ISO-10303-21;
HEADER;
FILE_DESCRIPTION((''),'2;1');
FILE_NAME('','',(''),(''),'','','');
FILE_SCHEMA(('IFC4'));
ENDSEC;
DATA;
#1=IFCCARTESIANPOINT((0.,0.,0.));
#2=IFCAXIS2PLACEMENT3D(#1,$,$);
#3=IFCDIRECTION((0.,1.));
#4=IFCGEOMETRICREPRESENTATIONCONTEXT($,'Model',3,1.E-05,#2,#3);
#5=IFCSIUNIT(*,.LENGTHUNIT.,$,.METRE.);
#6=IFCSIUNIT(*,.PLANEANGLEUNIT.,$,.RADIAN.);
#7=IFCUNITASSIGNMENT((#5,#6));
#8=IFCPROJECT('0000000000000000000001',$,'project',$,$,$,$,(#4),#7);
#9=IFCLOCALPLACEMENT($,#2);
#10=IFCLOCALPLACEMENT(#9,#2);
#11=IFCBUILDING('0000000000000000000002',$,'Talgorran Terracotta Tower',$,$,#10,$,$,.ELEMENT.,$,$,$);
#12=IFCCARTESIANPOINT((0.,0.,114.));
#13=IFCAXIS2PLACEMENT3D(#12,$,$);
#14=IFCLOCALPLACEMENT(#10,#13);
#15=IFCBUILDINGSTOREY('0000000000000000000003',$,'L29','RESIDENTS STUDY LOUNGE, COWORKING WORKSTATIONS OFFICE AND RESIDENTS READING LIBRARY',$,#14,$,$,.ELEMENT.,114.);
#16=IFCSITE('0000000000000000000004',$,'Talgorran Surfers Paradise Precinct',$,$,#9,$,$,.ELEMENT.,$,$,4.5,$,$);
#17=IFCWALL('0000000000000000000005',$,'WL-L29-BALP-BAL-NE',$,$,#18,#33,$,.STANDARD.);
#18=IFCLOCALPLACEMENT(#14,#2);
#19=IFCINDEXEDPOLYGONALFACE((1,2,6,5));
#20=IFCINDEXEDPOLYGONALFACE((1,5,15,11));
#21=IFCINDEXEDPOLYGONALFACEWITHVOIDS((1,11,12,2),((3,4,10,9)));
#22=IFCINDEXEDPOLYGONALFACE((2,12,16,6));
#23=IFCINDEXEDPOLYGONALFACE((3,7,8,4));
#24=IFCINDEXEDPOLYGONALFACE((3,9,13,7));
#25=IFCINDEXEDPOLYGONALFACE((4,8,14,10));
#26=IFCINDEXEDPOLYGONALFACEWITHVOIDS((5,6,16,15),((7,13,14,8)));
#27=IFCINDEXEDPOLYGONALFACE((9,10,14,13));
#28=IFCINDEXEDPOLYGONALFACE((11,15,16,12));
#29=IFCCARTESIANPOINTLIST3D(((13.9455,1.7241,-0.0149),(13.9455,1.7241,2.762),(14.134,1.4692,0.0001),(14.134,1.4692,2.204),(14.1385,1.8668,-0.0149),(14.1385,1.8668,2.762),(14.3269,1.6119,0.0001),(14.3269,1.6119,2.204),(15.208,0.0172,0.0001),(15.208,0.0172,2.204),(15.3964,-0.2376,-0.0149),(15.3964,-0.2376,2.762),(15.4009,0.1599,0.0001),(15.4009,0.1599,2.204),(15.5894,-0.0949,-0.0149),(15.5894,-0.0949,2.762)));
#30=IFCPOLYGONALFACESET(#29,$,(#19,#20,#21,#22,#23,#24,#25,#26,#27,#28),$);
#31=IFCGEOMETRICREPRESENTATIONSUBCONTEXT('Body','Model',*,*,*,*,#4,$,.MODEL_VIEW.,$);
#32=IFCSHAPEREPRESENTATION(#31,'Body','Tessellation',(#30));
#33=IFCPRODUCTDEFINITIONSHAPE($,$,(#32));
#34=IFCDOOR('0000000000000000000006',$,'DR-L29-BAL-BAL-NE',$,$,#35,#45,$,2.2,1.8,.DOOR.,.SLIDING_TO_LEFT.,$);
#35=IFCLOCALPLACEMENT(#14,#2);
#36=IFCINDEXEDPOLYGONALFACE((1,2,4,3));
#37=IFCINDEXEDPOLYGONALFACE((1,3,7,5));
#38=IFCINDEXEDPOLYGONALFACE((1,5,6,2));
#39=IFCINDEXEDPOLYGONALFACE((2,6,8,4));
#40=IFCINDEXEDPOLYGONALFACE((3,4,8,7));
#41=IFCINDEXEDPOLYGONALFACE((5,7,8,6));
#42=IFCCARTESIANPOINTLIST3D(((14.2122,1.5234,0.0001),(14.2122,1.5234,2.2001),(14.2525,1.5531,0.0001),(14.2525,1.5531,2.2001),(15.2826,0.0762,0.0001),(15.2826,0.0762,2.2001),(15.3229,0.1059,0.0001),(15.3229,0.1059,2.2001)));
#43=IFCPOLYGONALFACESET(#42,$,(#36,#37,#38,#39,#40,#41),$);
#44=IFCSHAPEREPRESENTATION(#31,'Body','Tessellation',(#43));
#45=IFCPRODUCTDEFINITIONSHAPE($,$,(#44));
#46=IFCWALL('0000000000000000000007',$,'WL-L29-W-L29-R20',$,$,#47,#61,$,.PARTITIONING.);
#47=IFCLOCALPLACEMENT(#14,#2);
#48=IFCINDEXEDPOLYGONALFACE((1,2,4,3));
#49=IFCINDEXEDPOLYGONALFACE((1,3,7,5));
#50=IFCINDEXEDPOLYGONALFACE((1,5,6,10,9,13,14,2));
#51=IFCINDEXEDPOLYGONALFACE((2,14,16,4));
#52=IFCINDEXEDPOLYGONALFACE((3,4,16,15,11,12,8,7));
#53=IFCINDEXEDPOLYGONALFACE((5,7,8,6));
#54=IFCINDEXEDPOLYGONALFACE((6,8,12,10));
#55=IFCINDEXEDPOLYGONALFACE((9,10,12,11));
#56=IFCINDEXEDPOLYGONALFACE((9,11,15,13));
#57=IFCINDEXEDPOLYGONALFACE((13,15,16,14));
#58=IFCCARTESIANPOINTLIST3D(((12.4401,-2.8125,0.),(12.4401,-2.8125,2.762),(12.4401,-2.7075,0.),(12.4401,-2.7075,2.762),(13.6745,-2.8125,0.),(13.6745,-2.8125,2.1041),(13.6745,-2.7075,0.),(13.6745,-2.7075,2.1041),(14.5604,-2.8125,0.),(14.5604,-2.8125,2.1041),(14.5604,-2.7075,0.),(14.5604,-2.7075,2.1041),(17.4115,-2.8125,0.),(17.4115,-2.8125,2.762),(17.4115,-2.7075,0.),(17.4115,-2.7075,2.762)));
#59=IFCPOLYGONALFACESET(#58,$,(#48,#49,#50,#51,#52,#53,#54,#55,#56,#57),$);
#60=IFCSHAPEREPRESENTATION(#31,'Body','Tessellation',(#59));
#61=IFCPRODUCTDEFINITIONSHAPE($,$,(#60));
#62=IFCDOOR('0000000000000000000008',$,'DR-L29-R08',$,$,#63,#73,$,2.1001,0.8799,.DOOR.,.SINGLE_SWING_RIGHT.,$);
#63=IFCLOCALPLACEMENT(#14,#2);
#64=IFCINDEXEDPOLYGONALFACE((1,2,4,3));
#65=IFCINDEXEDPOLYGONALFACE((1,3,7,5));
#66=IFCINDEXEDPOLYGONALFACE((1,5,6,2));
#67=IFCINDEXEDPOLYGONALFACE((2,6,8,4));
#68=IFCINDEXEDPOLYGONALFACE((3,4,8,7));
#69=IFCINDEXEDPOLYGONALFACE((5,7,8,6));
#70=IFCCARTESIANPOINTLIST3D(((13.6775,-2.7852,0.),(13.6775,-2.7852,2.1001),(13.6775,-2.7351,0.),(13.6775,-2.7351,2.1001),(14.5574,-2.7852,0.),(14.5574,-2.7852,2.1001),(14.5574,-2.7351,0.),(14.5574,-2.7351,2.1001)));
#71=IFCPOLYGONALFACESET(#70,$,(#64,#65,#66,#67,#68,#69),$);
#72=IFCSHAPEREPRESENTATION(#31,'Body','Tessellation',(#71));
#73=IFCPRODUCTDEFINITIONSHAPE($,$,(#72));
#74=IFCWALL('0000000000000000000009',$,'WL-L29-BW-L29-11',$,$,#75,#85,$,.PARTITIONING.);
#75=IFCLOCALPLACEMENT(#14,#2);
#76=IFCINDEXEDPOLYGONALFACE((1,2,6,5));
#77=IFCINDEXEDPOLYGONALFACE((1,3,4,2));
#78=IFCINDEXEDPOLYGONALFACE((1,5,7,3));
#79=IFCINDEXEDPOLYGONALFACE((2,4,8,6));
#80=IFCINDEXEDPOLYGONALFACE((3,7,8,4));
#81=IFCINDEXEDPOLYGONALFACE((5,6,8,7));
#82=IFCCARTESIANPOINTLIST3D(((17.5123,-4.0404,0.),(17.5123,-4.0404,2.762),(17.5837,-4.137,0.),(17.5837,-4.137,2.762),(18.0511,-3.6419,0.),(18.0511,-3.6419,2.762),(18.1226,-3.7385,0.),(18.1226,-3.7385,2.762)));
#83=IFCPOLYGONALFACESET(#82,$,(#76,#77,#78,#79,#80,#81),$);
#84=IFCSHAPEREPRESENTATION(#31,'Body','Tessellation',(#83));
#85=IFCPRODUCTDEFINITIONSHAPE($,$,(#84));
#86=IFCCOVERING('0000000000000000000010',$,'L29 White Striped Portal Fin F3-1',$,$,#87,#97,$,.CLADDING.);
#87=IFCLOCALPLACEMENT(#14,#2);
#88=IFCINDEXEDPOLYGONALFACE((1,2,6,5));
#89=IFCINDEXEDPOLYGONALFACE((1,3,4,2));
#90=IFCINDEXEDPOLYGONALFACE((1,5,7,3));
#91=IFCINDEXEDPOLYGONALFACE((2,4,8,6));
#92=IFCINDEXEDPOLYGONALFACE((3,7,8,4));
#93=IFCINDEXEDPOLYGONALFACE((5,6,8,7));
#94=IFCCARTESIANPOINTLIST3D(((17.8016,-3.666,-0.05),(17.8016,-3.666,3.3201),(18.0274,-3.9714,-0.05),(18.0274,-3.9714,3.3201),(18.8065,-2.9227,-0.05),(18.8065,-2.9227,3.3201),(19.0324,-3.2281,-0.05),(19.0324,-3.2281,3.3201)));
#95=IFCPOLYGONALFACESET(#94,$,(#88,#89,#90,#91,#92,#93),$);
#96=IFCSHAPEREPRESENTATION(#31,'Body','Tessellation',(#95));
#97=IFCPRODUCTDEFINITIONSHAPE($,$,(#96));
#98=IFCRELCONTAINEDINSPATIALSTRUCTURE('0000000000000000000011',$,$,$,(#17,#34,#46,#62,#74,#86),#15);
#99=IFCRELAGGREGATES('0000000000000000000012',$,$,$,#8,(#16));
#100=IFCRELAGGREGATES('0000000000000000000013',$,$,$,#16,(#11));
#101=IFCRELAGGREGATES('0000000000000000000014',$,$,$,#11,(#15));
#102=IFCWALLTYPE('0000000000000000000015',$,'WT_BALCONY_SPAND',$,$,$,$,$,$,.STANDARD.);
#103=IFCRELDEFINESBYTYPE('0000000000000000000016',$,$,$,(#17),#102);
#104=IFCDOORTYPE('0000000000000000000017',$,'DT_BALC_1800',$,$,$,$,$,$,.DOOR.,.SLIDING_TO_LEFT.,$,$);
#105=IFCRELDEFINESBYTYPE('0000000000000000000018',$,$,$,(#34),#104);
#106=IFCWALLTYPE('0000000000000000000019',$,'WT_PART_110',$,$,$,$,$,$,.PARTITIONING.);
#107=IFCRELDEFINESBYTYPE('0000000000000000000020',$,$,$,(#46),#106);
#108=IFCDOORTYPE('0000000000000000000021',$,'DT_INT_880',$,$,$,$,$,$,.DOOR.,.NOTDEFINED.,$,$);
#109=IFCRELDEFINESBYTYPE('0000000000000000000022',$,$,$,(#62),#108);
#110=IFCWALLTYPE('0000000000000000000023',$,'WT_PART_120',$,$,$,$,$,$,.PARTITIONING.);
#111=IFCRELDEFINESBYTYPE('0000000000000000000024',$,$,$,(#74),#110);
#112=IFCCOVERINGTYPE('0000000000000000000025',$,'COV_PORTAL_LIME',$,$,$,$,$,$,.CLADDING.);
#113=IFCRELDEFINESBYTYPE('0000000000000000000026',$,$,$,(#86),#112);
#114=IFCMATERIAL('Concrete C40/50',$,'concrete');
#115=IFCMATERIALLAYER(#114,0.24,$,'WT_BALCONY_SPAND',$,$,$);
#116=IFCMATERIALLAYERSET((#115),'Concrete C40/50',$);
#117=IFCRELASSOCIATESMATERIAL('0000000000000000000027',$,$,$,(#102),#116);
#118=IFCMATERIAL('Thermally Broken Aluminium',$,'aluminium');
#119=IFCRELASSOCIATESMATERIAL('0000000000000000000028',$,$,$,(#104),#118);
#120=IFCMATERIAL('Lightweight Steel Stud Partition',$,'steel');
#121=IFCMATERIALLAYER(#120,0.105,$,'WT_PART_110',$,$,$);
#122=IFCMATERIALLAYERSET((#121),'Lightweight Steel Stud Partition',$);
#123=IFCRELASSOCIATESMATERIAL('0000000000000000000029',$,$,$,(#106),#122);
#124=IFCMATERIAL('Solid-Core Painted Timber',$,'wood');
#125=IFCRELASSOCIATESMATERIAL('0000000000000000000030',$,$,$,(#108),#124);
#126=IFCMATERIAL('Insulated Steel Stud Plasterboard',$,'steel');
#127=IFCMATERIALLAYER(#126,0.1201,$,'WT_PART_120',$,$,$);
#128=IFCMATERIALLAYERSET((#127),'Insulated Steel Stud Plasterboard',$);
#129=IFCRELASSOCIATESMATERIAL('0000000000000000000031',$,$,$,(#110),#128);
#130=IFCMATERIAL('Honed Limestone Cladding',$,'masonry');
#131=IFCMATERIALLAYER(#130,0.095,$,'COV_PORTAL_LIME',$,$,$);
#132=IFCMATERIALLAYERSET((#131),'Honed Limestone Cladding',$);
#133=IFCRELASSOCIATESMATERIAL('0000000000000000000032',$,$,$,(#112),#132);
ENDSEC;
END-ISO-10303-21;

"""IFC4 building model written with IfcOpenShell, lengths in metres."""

from ifc_helpers import new_model, si_unit, direction, frame, frame_2d, origin, origin_2d, place, context, subcontext, project, spatial, rectangle, extrude, material, layer, layer_set, type_object, element, fill, save


model = new_model("IFC4")

# Units and contexts
model_context = context("Model", 3, precision=1e-05, world=origin(), true_north=direction((0.0, 1.0)))
body_context = subcontext(model_context, "Body", "Model", "MODEL_VIEW")
ifc_project = project(units=[si_unit("LENGTHUNIT", "METRE"), si_unit("PLANEANGLEUNIT", "RADIAN")], contexts=[model_context])

# Site, building, storey
site_placement = place(None, origin())
site = spatial("IfcSite", under=ifc_project, at=site_placement, Name="Talgorran Surfers Paradise Precinct", CompositionType="ELEMENT", RefElevation=4.5)
building_placement = place(site_placement, origin())
building = spatial("IfcBuilding", under=site, at=building_placement, Name="Talgorran Terracotta Tower", CompositionType="ELEMENT")
storey_placement = place(building_placement, frame((0.0, 0.0, 114.0)))
storey = spatial("IfcBuildingStorey", under=building, at=storey_placement, Name="L29", Description="RESIDENTS STUDY LOUNGE, COWORKING WORKSTATIONS OFFICE AND RESIDENTS READING LIBRARY", CompositionType="ELEMENT", Elevation=114.0)

# Walls, openings, doors
ifc_material_1 = material(Name="Concrete C40/50", Category="concrete")
ifc_layer_1 = layer(ifc_material_1, 0.24, Name="WT_BALCONY_SPAND")
ifc_layer_set_1 = layer_set([ifc_layer_1], Name="Concrete C40/50")
wall_type_1 = type_object("IfcWallType", Name="WT_BALCONY_SPAND", PredefinedType="STANDARD", material=ifc_layer_set_1)
wall_1_placement = place(storey_placement, frame((15.4929, -0.1663, -0.0149), z_axis=(0.0, 0.0, 1.0), x_axis=(-0.594655, 0.803981, 0.0)))
wall_1 = element("IfcWall", 1, at=wall_1_placement, inside=storey, type_object=wall_type_1, Name="WL-L29-BALP-BAL-NE", PredefinedType="STANDARD", context=body_context, shape_type="SweptSolid", body=[
    extrude(rectangle(XDim=2.4399, YDim=0.24, at=frame_2d((1.22, 0.0))), origin(), (0.0, 0.0, 1.0), 2.7769),
])
opening_1_placement = place(wall_1_placement, frame((0.3201, 0.0, 0.0149)))
opening_1 = element("IfcOpeningElement", 2, at=opening_1_placement, cuts=wall_1, PredefinedType="OPENING", context=body_context, shape_type="SweptSolid", body=[
    extrude(rectangle(XDim=1.806, YDim=2.204, at=frame_2d((0.8999, 1.1021))), frame((0.0, 0.1299, 0.0), z_axis=(0.0, -1.0, 0.0), x_axis=(1.0, 0.0, 0.0)), (0.0, 0.0, 1.0), 0.26),
])
ifc_material_2 = material(Name="Thermally Broken Aluminium", Category="aluminium")
door_type_1 = type_object("IfcDoorType", Name="DT_BALC_1800", OperationType="SLIDING_TO_LEFT", PredefinedType="DOOR", material=ifc_material_2)
door_1_placement = place(opening_1_placement, origin())
door_1 = element("IfcDoor", 3, at=door_1_placement, inside=storey, type_object=door_type_1, Name="DR-L29-BAL-BAL-NE", OperationType="SLIDING_TO_LEFT", OverallHeight=2.2, OverallWidth=1.8, PredefinedType="DOOR", context=body_context, shape_type="SweptSolid", body=[
    extrude(rectangle(XDim=1.8, YDim=2.2, at=frame_2d((0.8999, 1.1001))), frame((0.0, 0.0249, 0.0), z_axis=(0.0, -1.0, 0.0), x_axis=(1.0, 0.0, 0.0)), (0.0, 0.0, 1.0), 0.05),
])
fill(opening_1, door_1)
ifc_material_3 = material(Name="Lightweight Steel Stud Partition", Category="steel")
ifc_layer_2 = layer(ifc_material_3, 0.105, Name="WT_PART_110")
ifc_layer_set_2 = layer_set([ifc_layer_2], Name="Lightweight Steel Stud Partition")
wall_type_2 = type_object("IfcWallType", Name="WT_PART_110", PredefinedType="PARTITIONING", material=ifc_layer_set_2)
wall_2_placement = place(storey_placement, frame((12.4399, -2.76, 0.0), z_axis=(0.0, 0.0, 1.0), x_axis=(1.0, 0.0, 0.0)))
wall_2 = element("IfcWall", 4, at=wall_2_placement, inside=storey, type_object=wall_type_2, Name="WL-L29-W-L29-R20", PredefinedType="PARTITIONING", context=body_context, shape_type="SweptSolid", body=[
    extrude(rectangle(XDim=4.9714, YDim=0.105, at=frame_2d((2.4858, 0.0))), origin(), (0.0, 0.0, 1.0), 2.762),
])
opening_2_placement = place(wall_2_placement, frame((1.2375, 0.0, 0.0)))
opening_2 = element("IfcOpeningElement", 5, at=opening_2_placement, cuts=wall_2, PredefinedType="OPENING", context=body_context, shape_type="SweptSolid", body=[
    extrude(rectangle(XDim=0.8859, YDim=2.1041, at=frame_2d((0.4399, 1.052))), frame((0.0, 0.0625, 0.0), z_axis=(0.0, -1.0, 0.0), x_axis=(1.0, 0.0, 0.0)), (0.0, 0.0, 1.0), 0.125),
])
ifc_material_4 = material(Name="Solid-Core Painted Timber", Category="wood")
door_type_2 = type_object("IfcDoorType", Name="DT_INT_880", OperationType="NOTDEFINED", PredefinedType="DOOR", material=ifc_material_4)
door_2_placement = place(opening_2_placement, origin())
door_2 = element("IfcDoor", 6, at=door_2_placement, inside=storey, type_object=door_type_2, Name="DR-L29-R08", OperationType="SINGLE_SWING_RIGHT", OverallHeight=2.1001, OverallWidth=0.8799, PredefinedType="DOOR", context=body_context, shape_type="SweptSolid", body=[
    extrude(rectangle(XDim=0.8799, YDim=2.1001, at=frame_2d((0.4399, 1.05))), frame((0.0, 0.0249, 0.0), z_axis=(0.0, -1.0, 0.0), x_axis=(1.0, 0.0, 0.0)), (0.0, 0.0, 1.0), 0.05),
])
fill(opening_2, door_2)

# Wall
ifc_material_5 = material(Name="Insulated Steel Stud Plasterboard", Category="steel")
ifc_layer_3 = layer(ifc_material_5, 0.1201, Name="WT_PART_120")
ifc_layer_set_3 = layer_set([ifc_layer_3], Name="Insulated Steel Stud Plasterboard")
wall_type_3 = type_object("IfcWallType", Name="WT_PART_120", PredefinedType="PARTITIONING", material=ifc_layer_set_3)
wall_3_placement = place(storey_placement, frame((17.5481, -4.0886, 0.0), z_axis=(0.0, 0.0, 1.0), x_axis=(0.804047, 0.594565, 0.0)))
element("IfcWall", 7, at=wall_3_placement, inside=storey, type_object=wall_type_3, Name="WL-L29-BW-L29-11", PredefinedType="PARTITIONING", context=body_context, shape_type="SweptSolid", body=[
    extrude(rectangle(XDim=0.6702, YDim=0.1201, at=frame_2d((0.335, 0.0))), origin(), (0.0, 0.0, 1.0), 2.762),
])

# Covering
ifc_material_6 = material(Name="Honed Limestone Cladding", Category="masonry")
ifc_layer_4 = layer(ifc_material_6, 0.095, Name="COV_PORTAL_LIME")
ifc_layer_set_4 = layer_set([ifc_layer_4], Name="Honed Limestone Cladding")
covering_type = type_object("IfcCoveringType", Name="COV_PORTAL_LIME", PredefinedType="CLADDING", material=ifc_layer_set_4)
covering_placement = place(storey_placement, frame((18.417, -3.447, -0.05), z_axis=(0.0, 0.0, 1.0), x_axis=(-0.59464, 0.803992, 0.0)))
element("IfcCovering", 8, at=covering_placement, inside=storey, type_object=covering_type, Name="L29 White Striped Portal Fin F3-1", PredefinedType="CLADDING", context=body_context, shape_type="SweptSolid", body=[
    extrude(rectangle(XDim=0.3799, YDim=1.25, at=origin_2d()), origin(), (0.0, 0.0, 1.0), 3.3701),
])

save(model, "model.ifc")
